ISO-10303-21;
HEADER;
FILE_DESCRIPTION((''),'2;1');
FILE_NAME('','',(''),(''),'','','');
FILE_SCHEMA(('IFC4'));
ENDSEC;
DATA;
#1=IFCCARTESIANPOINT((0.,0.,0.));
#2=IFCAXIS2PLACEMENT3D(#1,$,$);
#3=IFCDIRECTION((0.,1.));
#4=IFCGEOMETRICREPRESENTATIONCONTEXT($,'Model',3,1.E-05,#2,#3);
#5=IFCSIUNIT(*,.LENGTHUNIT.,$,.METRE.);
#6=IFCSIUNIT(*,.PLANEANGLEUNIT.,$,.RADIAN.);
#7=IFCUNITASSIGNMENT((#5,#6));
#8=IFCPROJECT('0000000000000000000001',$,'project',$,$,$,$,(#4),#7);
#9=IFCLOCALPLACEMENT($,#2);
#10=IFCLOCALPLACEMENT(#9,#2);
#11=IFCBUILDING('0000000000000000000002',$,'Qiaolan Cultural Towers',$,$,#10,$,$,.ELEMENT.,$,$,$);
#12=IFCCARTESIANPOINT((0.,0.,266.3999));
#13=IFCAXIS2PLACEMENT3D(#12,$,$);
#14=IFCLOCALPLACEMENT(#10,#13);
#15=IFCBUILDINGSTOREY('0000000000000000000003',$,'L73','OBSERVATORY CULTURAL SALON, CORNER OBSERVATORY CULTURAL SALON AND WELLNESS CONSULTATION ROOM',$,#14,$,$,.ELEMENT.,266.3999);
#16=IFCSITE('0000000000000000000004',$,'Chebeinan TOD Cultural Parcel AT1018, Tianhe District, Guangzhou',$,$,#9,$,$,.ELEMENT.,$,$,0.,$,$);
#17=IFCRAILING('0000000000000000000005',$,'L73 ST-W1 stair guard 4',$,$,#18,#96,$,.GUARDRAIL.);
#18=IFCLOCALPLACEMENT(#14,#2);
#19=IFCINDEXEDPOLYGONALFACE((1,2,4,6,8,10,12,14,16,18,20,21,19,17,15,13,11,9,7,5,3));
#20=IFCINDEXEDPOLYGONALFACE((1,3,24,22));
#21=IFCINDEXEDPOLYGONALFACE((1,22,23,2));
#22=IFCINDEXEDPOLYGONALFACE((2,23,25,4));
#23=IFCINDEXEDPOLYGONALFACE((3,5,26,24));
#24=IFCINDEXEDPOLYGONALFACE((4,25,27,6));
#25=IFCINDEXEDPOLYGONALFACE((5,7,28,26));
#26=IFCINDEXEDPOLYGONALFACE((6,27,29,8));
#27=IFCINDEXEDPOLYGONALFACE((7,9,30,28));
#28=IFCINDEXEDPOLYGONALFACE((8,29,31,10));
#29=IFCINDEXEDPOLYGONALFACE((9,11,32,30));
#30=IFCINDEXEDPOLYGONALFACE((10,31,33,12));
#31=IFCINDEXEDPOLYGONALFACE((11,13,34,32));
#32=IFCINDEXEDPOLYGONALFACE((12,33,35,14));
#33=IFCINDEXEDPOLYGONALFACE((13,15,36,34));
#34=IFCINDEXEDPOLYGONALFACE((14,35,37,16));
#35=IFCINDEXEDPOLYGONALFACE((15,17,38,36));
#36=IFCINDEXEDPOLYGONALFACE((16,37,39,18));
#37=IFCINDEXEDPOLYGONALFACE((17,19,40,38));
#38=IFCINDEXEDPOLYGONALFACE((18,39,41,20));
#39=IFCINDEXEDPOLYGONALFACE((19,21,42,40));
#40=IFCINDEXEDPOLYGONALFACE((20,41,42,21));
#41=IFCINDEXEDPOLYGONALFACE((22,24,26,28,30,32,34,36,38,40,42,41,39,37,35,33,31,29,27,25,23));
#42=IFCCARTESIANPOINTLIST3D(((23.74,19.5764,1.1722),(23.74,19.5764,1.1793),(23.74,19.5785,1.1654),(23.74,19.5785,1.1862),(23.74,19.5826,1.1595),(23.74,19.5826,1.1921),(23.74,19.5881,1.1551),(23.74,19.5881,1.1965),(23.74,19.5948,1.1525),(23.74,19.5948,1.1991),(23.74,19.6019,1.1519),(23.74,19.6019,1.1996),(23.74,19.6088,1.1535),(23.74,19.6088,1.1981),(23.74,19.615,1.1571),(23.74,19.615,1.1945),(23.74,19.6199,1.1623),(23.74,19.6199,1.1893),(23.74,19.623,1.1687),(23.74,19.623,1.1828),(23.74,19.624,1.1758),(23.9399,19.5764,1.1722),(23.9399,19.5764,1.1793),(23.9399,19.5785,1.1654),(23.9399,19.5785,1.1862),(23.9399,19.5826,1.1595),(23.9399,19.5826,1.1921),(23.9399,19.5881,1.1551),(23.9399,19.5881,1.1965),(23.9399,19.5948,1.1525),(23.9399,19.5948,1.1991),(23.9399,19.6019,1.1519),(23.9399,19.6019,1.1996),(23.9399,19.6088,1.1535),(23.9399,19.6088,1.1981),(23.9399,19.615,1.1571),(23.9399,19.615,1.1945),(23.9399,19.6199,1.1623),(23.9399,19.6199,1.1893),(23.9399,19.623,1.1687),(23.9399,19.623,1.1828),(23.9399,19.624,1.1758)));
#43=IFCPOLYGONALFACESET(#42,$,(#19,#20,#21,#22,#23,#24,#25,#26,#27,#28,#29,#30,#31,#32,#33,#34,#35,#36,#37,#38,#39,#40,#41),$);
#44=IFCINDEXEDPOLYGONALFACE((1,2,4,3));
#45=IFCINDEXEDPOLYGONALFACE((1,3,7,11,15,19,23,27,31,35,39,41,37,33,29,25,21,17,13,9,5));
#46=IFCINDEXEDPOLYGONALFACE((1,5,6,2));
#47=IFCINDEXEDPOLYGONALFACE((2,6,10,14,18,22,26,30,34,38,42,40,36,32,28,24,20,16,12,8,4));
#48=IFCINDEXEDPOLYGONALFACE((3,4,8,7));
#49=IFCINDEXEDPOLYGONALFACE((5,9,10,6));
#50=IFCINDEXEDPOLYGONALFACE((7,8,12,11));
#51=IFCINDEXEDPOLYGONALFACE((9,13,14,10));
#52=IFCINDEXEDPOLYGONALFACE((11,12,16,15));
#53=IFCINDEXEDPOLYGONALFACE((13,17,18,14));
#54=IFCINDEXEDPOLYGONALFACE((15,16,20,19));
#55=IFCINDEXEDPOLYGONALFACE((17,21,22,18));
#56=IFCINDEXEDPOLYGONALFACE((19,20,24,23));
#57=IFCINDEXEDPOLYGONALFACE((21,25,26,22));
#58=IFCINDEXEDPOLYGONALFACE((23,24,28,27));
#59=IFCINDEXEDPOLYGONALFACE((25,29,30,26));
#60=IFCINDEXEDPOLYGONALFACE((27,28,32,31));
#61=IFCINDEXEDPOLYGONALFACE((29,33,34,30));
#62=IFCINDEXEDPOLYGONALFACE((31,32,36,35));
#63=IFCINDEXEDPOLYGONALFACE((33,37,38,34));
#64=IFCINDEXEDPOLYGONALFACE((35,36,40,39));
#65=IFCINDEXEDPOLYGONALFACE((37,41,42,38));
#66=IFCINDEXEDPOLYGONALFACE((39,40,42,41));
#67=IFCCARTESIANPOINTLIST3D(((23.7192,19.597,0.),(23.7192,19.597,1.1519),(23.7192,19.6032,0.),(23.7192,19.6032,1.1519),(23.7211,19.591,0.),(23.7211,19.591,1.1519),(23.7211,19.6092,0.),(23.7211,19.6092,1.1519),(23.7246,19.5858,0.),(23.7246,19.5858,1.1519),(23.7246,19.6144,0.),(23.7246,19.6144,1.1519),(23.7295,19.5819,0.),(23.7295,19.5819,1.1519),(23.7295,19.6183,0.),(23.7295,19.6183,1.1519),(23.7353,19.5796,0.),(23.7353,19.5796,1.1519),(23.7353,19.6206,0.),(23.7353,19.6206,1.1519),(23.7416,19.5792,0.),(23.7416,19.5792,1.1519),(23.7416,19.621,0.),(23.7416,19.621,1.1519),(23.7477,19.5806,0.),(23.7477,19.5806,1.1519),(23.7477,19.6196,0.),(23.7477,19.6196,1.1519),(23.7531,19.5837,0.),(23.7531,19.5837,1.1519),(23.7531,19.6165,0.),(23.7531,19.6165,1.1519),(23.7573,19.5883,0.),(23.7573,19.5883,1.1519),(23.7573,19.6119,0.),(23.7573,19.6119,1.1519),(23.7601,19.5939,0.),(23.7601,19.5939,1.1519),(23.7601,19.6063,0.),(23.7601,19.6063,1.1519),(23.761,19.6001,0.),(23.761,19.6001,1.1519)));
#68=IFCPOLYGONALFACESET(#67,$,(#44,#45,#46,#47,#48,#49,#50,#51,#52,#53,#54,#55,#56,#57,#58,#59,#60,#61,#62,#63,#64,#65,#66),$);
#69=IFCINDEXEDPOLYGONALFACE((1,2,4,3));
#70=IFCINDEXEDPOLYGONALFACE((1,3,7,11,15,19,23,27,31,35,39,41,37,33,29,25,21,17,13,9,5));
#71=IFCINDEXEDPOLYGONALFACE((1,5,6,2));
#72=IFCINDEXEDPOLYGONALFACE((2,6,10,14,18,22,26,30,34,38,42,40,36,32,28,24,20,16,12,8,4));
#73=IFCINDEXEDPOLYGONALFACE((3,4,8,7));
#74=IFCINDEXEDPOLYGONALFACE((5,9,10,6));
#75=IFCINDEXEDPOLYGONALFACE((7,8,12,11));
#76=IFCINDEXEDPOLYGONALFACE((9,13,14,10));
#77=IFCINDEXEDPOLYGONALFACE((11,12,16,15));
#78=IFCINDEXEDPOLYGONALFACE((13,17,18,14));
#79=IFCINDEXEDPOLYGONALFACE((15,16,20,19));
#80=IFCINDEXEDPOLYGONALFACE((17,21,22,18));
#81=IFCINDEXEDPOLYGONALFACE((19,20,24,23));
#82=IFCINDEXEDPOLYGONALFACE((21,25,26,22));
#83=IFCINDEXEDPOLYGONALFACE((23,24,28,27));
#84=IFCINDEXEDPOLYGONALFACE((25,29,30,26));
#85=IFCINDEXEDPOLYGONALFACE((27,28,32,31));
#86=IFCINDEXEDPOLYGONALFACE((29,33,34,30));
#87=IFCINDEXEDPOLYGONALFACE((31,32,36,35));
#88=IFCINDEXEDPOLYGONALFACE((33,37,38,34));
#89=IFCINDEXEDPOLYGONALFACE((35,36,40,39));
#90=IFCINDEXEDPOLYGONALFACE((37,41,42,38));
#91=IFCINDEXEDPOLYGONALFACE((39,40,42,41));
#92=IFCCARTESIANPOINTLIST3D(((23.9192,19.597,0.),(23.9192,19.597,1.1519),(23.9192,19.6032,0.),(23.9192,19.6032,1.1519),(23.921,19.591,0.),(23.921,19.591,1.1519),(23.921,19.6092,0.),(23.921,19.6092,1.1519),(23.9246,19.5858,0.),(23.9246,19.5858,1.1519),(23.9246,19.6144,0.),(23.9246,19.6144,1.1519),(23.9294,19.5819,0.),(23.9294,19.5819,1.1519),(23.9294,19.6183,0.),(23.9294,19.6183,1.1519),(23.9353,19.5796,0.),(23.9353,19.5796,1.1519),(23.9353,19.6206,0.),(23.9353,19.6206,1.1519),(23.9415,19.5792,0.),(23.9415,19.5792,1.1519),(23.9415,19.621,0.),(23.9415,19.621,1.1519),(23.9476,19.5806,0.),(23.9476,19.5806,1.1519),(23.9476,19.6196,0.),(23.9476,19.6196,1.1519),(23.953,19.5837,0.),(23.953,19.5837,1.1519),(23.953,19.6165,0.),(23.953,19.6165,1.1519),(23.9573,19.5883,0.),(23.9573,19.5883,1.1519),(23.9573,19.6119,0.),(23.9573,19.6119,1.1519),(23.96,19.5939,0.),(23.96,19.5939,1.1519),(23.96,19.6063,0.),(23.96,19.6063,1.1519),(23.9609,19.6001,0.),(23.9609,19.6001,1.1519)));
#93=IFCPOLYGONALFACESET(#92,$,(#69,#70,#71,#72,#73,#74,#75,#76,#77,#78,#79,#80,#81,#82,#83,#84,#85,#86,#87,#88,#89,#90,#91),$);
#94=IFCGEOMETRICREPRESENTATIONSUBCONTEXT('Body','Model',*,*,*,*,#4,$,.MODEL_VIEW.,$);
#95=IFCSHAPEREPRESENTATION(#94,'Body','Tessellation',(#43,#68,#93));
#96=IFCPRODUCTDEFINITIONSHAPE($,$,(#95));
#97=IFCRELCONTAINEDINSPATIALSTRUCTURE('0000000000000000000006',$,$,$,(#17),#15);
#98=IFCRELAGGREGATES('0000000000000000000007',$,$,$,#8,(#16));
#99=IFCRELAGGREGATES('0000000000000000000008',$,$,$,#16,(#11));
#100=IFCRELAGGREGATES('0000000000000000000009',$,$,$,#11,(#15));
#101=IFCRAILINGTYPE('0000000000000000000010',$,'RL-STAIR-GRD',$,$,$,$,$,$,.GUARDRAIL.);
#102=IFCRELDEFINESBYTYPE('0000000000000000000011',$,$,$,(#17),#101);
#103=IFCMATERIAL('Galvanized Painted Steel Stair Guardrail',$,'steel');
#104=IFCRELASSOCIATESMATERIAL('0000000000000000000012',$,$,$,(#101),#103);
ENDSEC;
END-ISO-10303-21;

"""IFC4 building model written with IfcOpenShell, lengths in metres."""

from ifc_helpers import new_model, si_unit, direction, frame, origin, origin_2d, place, context, subcontext, project, spatial, circle, extrude, material, type_object, element, save


model = new_model("IFC4")

# Units and contexts
model_context = context("Model", 3, precision=1e-05, world=origin(), true_north=direction((0.0, 1.0)))
body_context = subcontext(model_context, "Body", "Model", "MODEL_VIEW")
ifc_project = project(units=[si_unit("LENGTHUNIT", "METRE"), si_unit("PLANEANGLEUNIT", "RADIAN")], contexts=[model_context])

# Site, building, storey
site_placement = place(None, origin())
site = spatial("IfcSite", under=ifc_project, at=site_placement, Name="Chebeinan TOD Cultural Parcel AT1018, Tianhe District, Guangzhou", CompositionType="ELEMENT", RefElevation=0.0)
building_placement = place(site_placement, origin())
building = spatial("IfcBuilding", under=site, at=building_placement, Name="Qiaolan Cultural Towers", CompositionType="ELEMENT")
storey_placement = place(building_placement, frame((0.0, 0.0, 266.3999)))
storey = spatial("IfcBuildingStorey", under=building, at=storey_placement, Name="L73", Description="OBSERVATORY CULTURAL SALON, CORNER OBSERVATORY CULTURAL SALON AND WELLNESS CONSULTATION ROOM", CompositionType="ELEMENT", Elevation=266.3999)

# Railing
ifc_material_1 = material(Name="Galvanized Painted Steel Stair Guardrail", Category="steel")
railing_type_1 = type_object("IfcRailingType", Name="RL-STAIR-GRD", PredefinedType="GUARDRAIL", material=ifc_material_1)
railing_1_placement = place(storey_placement, frame((23.74, 19.6001, 0.0)))
element("IfcRailing", 1, at=railing_1_placement, inside=storey, type_object=railing_type_1, Name="L73 ST-W1 stair guard 4", PredefinedType="GUARDRAIL", context=body_context, shape_type="SweptSolid", body=[
    extrude(circle(Radius=0.0239, at=origin_2d()), frame((0.0, 0.0, 1.1758), z_axis=(1.0, 0.0, 0.0), x_axis=(0.0, 1.0, 0.0)), (0.0, 0.0, 1.0), 0.2),
    extrude(circle(Radius=0.021, at=origin_2d()), origin(), (0.0, 0.0, 1.0), 1.1519),
    extrude(circle(Radius=0.021, at=origin_2d()), frame((0.2, 0.0, 0.0)), (0.0, 0.0, 1.0), 1.1519),
])

save(model, "model.ifc")
